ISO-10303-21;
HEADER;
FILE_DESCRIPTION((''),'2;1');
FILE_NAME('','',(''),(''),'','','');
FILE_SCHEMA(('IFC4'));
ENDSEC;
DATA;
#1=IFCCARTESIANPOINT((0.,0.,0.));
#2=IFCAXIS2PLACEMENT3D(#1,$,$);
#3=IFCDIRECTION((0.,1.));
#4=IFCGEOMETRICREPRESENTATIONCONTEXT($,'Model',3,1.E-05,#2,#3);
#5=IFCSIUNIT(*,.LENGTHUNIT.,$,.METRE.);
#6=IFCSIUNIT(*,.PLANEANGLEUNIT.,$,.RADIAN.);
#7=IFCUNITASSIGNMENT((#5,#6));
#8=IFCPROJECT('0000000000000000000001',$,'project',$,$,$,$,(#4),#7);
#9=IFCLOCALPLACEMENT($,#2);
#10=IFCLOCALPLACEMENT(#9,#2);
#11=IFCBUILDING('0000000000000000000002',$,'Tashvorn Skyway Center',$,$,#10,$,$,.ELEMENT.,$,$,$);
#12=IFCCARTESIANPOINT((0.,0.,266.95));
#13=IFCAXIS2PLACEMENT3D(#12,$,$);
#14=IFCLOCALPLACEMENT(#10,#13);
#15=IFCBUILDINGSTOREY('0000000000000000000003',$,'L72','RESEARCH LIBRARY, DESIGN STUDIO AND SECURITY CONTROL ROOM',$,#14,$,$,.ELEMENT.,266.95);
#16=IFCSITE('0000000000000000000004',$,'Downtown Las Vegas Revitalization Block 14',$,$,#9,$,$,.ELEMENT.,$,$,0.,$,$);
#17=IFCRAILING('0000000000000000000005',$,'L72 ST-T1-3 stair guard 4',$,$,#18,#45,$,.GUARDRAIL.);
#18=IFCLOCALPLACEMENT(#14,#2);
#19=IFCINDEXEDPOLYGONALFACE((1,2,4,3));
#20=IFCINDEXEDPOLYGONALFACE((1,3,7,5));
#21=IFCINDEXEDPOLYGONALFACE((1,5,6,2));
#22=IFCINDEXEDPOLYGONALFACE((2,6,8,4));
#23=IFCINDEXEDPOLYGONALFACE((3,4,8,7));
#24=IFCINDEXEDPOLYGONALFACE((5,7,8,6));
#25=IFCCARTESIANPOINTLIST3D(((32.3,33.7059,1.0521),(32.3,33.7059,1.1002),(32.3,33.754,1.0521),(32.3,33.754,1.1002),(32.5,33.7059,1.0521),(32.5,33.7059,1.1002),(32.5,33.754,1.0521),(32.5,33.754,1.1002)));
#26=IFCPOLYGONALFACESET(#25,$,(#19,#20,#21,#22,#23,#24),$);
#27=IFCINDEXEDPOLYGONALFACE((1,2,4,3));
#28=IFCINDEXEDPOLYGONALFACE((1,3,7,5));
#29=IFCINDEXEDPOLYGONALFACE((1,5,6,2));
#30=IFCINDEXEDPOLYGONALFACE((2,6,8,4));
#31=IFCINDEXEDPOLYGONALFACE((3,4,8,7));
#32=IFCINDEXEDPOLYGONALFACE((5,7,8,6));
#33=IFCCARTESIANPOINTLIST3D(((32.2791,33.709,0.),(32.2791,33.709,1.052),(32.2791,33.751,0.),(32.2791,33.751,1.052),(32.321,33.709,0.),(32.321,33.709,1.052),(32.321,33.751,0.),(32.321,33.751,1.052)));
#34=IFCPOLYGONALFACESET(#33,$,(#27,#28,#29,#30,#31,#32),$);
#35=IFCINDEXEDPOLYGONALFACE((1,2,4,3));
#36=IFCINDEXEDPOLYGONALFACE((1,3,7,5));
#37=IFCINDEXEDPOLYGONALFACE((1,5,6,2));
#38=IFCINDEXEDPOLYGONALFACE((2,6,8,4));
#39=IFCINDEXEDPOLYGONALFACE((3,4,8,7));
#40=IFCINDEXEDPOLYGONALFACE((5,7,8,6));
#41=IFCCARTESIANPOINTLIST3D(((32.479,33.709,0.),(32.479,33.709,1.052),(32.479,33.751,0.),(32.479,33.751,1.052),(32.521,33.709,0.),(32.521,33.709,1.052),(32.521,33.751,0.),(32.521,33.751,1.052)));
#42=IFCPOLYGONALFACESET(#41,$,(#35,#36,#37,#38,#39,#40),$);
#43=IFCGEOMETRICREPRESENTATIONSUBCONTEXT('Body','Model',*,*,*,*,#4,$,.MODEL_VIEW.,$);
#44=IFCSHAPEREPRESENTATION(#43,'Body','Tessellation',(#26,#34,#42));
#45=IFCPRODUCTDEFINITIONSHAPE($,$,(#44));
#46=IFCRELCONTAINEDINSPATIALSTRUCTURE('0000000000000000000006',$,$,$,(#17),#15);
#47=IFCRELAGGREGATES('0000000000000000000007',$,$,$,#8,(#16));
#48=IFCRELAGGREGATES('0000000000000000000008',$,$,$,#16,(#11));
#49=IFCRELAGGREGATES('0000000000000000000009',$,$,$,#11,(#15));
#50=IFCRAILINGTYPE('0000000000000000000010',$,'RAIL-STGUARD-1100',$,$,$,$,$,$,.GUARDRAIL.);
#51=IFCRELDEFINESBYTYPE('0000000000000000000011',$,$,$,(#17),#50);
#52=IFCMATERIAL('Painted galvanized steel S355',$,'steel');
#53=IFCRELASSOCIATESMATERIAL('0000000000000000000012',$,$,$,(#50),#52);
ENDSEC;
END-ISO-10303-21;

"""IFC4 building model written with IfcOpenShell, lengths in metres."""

from ifc_helpers import new_model, si_unit, direction, frame, origin, origin_2d, place, context, subcontext, project, spatial, rectangle, extrude, material, type_object, element, save


model = new_model("IFC4")

# Units and contexts
model_context = context("Model", 3, precision=1e-05, world=origin(), true_north=direction((0.0, 1.0)))
body_context = subcontext(model_context, "Body", "Model", "MODEL_VIEW")
ifc_project = project(units=[si_unit("LENGTHUNIT", "METRE"), si_unit("PLANEANGLEUNIT", "RADIAN")], contexts=[model_context])

# Site, building, storey
site_placement = place(None, origin())
site = spatial("IfcSite", under=ifc_project, at=site_placement, Name="Downtown Las Vegas Revitalization Block 14", CompositionType="ELEMENT", RefElevation=0.0)
building_placement = place(site_placement, origin())
building = spatial("IfcBuilding", under=site, at=building_placement, Name="Tashvorn Skyway Center", CompositionType="ELEMENT")
storey_placement = place(building_placement, frame((0.0, 0.0, 266.95)))
storey = spatial("IfcBuildingStorey", under=building, at=storey_placement, Name="L72", Description="RESEARCH LIBRARY, DESIGN STUDIO AND SECURITY CONTROL ROOM", CompositionType="ELEMENT", Elevation=266.95)

# Railing
ifc_material_1 = material(Name="Painted galvanized steel S355", Category="steel")
railing_type_1 = type_object("IfcRailingType", Name="RAIL-STGUARD-1100", PredefinedType="GUARDRAIL", material=ifc_material_1)
railing_1_placement = place(storey_placement, frame((32.3, 33.73, 0.0)))
element("IfcRailing", 1, at=railing_1_placement, inside=storey, type_object=railing_type_1, Name="L72 ST-T1-3 stair guard 4", PredefinedType="GUARDRAIL", context=body_context, shape_type="SweptSolid", body=[
    extrude(rectangle(XDim=0.0481, YDim=0.0481, at=origin_2d()), frame((0.0, 0.0, 1.0762), z_axis=(1.0, 0.0, 0.0), x_axis=(0.0, 1.0, 0.0)), (0.0, 0.0, 1.0), 0.2),
    extrude(rectangle(XDim=0.042, YDim=0.042, at=origin_2d()), origin(), (0.0, 0.0, 1.0), 1.052),
    extrude(rectangle(XDim=0.042, YDim=0.042, at=origin_2d()), frame((0.2, 0.0, 0.0)), (0.0, 0.0, 1.0), 1.052),
])

save(model, "model.ifc")
